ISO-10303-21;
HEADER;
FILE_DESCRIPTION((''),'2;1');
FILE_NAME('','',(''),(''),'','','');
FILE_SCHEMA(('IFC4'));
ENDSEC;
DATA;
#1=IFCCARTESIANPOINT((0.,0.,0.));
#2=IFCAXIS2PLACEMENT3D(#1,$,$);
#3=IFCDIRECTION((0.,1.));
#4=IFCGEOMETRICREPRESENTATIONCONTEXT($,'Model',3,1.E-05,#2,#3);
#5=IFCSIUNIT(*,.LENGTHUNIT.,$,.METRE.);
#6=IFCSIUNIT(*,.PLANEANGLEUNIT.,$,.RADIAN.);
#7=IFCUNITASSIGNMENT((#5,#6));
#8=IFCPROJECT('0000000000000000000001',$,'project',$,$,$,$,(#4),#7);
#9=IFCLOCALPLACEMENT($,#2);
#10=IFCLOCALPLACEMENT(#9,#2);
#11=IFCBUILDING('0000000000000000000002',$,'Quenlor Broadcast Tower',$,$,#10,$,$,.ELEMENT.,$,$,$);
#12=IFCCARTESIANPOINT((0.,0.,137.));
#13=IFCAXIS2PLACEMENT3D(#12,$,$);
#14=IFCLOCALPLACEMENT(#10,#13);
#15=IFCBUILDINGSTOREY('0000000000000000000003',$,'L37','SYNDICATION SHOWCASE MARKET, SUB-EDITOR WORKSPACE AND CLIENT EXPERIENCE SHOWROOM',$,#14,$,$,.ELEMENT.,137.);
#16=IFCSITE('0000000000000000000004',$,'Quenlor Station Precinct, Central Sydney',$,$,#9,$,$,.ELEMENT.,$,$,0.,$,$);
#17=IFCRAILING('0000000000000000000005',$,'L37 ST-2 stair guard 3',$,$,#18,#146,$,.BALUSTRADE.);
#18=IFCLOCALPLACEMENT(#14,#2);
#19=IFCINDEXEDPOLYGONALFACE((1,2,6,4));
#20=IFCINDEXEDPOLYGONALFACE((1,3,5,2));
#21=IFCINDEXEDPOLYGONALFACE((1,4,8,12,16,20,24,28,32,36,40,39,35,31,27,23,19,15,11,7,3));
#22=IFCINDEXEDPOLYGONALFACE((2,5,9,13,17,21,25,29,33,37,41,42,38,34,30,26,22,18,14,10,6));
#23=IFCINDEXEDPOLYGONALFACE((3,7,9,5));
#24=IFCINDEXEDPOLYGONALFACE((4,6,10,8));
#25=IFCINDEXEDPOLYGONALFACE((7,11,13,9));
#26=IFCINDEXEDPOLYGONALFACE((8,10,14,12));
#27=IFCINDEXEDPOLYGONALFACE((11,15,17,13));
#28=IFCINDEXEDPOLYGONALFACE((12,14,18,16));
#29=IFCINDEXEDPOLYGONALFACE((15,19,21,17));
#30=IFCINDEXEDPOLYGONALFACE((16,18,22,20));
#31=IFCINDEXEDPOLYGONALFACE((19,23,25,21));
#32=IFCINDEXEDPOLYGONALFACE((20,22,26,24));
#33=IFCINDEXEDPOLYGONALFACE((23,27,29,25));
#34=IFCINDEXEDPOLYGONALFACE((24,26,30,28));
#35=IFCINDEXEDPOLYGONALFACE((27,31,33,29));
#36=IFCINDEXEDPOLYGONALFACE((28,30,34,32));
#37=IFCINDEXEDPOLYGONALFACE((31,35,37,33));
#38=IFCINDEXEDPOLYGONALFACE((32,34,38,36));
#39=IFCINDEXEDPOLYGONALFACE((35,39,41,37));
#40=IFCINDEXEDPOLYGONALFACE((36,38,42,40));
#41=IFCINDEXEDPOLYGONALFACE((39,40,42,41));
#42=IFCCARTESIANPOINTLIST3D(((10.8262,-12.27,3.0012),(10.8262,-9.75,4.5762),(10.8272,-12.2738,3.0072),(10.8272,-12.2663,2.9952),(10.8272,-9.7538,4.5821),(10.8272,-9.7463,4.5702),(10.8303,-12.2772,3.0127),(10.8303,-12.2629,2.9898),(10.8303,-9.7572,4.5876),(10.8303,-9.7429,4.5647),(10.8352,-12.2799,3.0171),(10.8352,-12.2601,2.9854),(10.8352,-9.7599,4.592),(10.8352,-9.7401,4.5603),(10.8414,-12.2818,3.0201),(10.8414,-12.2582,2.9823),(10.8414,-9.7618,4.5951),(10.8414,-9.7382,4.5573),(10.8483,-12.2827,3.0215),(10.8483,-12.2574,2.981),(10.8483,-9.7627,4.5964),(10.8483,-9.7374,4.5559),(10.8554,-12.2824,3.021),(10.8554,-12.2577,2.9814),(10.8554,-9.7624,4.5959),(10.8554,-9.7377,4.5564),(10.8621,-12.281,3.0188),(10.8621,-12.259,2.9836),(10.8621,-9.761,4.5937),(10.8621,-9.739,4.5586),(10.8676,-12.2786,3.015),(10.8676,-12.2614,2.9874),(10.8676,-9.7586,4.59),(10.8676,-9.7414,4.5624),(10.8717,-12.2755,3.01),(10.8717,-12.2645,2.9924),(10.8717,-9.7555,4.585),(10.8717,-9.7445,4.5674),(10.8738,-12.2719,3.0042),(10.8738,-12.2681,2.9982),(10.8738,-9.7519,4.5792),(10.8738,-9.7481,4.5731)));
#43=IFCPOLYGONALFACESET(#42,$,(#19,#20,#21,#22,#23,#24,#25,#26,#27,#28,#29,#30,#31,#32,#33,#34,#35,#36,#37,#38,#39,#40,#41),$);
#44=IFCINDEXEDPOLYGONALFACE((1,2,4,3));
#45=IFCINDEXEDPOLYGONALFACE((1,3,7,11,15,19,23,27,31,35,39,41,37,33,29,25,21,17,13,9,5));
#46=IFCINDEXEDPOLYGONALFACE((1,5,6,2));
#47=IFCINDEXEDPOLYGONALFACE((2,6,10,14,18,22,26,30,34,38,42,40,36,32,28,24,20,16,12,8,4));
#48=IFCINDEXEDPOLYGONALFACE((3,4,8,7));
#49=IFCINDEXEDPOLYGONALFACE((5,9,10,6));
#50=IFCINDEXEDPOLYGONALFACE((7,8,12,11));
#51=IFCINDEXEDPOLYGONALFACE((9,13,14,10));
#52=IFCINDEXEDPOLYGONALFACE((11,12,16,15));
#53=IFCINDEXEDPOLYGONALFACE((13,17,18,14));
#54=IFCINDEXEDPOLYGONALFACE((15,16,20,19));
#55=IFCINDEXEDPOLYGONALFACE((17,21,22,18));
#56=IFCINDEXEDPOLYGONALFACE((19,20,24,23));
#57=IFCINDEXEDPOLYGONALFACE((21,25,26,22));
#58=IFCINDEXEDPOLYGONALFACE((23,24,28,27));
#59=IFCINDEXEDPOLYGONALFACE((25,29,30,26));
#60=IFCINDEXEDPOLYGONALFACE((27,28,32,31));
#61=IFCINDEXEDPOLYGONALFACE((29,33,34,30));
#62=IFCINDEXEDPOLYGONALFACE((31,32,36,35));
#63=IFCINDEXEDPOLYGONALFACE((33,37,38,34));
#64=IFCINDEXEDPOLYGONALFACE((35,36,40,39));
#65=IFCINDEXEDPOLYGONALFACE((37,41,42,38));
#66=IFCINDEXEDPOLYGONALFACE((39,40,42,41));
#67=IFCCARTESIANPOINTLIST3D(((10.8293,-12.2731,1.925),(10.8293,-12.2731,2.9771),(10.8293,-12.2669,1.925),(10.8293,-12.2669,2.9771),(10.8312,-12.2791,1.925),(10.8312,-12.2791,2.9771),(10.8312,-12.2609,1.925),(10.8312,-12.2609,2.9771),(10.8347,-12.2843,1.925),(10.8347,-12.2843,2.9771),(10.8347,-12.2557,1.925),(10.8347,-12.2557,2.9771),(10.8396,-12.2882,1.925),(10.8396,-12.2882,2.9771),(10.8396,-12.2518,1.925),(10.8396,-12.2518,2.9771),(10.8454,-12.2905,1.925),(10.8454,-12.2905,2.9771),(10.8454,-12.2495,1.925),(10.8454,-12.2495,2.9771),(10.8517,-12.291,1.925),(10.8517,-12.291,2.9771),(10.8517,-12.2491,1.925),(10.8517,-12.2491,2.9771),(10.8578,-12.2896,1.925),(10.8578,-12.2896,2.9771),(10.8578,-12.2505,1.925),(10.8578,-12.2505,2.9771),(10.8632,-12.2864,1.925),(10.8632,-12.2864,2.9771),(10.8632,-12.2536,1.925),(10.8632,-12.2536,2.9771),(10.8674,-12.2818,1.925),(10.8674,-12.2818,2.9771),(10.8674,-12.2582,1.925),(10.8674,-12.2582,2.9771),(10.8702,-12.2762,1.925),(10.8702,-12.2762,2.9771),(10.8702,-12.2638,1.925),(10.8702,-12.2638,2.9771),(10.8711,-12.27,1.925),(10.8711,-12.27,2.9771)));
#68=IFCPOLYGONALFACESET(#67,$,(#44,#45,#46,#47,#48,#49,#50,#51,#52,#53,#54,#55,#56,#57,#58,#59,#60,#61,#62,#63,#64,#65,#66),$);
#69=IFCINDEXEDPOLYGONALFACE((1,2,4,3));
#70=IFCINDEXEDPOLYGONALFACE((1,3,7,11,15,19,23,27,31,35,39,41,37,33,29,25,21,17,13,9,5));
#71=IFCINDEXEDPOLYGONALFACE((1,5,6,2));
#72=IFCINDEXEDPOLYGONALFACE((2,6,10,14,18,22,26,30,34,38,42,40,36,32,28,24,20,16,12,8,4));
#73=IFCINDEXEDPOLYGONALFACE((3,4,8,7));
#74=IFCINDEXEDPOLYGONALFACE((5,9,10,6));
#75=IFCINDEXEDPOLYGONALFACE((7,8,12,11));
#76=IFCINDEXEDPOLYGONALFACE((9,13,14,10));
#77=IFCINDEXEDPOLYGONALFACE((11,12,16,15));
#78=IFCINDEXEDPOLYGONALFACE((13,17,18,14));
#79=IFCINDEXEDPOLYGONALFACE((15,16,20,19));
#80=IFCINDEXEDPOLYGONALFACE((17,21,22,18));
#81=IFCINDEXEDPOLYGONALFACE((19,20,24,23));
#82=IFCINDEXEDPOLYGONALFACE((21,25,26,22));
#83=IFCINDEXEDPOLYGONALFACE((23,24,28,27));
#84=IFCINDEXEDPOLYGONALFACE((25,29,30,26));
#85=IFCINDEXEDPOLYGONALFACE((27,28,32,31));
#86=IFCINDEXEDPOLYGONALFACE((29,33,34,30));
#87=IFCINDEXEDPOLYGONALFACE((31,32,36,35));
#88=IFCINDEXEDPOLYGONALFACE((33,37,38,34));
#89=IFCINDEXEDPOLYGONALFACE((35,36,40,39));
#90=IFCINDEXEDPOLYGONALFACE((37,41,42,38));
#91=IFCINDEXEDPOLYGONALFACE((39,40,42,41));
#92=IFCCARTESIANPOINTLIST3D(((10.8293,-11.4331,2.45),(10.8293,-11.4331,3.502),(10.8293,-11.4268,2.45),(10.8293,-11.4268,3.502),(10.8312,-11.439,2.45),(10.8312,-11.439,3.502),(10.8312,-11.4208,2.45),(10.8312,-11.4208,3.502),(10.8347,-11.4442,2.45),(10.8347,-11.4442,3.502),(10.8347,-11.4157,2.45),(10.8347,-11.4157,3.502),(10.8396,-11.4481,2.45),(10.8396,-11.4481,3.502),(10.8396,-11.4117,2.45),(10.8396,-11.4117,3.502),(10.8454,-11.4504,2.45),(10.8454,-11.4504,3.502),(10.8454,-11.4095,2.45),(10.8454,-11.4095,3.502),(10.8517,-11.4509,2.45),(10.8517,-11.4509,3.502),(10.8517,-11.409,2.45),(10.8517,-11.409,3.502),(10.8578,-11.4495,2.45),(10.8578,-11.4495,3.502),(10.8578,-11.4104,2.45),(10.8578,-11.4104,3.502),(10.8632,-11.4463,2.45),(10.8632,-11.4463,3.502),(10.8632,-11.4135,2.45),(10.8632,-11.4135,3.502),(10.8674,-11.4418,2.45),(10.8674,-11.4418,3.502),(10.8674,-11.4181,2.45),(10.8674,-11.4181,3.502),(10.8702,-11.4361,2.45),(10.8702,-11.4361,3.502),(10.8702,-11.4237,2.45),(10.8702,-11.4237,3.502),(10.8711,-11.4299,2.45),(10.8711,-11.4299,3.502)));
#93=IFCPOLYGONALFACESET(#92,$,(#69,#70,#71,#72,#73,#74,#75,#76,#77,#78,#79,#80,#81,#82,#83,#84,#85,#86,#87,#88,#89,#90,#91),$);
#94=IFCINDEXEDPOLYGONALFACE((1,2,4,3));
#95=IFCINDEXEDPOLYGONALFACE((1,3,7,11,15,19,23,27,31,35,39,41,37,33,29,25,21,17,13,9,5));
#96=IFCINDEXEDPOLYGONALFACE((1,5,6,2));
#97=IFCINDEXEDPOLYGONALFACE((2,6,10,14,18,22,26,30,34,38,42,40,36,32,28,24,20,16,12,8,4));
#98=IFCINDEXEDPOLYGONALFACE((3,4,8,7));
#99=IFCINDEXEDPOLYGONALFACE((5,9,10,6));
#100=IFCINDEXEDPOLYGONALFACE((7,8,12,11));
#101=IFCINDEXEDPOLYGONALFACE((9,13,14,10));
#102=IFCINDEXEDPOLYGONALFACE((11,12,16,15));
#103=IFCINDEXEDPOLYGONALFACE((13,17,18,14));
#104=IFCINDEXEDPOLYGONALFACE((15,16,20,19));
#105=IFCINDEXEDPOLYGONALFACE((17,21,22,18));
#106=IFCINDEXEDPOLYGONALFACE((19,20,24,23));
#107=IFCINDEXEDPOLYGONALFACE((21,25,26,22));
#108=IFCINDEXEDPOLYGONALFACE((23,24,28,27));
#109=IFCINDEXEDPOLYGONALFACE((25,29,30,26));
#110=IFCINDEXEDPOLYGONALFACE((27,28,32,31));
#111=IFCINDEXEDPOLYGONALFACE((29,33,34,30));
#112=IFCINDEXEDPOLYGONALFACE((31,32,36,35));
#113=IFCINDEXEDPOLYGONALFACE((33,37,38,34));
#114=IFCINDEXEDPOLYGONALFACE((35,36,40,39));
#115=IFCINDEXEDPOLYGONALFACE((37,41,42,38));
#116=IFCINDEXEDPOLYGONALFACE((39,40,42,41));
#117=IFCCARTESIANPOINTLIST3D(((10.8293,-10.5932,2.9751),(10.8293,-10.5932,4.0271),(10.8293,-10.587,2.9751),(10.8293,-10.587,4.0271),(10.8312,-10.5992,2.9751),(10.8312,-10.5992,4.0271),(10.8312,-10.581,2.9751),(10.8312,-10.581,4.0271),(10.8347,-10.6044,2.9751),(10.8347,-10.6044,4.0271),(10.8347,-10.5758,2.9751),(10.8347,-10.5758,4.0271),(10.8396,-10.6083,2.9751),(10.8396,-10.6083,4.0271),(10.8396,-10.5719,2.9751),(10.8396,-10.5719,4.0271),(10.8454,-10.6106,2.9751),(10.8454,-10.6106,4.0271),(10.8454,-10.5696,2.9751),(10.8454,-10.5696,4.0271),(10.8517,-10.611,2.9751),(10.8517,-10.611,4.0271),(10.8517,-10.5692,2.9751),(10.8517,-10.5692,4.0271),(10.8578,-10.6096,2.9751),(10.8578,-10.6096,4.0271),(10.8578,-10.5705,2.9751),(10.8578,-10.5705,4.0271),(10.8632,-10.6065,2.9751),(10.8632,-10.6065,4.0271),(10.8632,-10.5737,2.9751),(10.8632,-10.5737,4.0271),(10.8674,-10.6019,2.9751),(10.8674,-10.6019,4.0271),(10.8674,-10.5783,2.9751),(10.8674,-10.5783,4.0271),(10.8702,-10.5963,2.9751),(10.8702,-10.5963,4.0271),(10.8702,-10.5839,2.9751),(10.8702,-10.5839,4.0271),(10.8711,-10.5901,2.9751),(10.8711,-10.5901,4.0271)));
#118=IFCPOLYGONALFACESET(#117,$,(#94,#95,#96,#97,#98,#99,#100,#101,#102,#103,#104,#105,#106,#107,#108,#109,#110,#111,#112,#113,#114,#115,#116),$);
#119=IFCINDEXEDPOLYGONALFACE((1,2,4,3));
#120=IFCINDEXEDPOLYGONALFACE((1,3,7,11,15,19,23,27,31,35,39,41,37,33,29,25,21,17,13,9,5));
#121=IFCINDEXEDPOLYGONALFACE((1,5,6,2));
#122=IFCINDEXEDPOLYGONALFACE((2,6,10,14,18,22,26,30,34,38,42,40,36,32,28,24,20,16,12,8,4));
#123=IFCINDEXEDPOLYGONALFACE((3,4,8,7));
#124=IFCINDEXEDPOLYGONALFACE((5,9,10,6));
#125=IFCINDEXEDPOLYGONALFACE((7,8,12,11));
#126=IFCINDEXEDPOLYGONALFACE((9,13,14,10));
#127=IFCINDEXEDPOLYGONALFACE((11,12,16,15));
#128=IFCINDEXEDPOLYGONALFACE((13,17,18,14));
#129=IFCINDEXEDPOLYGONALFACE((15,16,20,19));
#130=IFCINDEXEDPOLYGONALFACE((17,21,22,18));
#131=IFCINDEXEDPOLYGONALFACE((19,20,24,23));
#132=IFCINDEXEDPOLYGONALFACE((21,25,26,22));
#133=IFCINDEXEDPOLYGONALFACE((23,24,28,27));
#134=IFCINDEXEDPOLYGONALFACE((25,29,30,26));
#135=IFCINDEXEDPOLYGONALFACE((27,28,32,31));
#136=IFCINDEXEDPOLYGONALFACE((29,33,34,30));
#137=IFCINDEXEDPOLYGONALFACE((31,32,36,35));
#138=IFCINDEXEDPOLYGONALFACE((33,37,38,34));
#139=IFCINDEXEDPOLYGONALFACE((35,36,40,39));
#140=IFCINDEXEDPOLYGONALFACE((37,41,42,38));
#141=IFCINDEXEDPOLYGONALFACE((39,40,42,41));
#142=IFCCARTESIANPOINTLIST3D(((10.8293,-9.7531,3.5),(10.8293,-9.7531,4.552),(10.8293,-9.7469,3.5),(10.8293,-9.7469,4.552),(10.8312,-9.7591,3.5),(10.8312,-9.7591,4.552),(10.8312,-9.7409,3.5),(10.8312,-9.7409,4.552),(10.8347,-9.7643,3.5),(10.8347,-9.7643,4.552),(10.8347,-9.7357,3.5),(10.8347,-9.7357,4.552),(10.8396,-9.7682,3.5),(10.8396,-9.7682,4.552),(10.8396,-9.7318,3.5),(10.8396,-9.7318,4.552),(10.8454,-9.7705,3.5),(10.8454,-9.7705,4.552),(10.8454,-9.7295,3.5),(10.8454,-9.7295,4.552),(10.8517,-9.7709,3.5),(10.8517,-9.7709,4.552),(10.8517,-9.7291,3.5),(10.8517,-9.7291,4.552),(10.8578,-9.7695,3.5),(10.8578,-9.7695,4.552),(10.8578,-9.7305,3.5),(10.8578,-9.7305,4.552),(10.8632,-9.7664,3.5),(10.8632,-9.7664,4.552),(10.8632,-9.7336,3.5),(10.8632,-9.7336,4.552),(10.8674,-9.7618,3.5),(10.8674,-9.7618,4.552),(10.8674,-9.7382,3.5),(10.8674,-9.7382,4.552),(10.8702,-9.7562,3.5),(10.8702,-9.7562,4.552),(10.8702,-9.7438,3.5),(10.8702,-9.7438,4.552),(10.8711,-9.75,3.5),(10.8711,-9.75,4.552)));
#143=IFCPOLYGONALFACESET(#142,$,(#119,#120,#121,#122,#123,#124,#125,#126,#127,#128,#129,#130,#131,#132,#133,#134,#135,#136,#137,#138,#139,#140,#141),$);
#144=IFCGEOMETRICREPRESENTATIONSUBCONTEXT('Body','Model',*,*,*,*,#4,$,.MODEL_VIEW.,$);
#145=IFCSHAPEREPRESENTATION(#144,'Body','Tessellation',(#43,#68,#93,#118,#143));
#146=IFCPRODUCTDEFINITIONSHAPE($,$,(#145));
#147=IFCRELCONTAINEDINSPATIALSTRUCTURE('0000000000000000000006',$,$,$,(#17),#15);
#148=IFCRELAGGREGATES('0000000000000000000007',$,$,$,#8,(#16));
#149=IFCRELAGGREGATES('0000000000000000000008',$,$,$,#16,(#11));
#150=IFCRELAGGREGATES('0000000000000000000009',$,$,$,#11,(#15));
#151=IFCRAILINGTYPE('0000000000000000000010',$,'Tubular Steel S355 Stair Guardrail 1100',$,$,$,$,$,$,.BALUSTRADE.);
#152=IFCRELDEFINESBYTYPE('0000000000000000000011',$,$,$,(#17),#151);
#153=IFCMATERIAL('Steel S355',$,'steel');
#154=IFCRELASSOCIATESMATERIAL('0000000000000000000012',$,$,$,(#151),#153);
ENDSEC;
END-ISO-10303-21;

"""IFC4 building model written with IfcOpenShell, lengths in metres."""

from ifc_helpers import new_model, si_unit, direction, frame, origin, origin_2d, place, context, subcontext, project, spatial, circle, extrude, material, type_object, element, save


model = new_model("IFC4")

# Units and contexts
model_context = context("Model", 3, precision=1e-05, world=origin(), true_north=direction((0.0, 1.0)))
body_context = subcontext(model_context, "Body", "Model", "MODEL_VIEW")
ifc_project = project(units=[si_unit("LENGTHUNIT", "METRE"), si_unit("PLANEANGLEUNIT", "RADIAN")], contexts=[model_context])

# Site, building, storey
site_placement = place(None, origin())
site = spatial("IfcSite", under=ifc_project, at=site_placement, Name="Quenlor Station Precinct, Central Sydney", CompositionType="ELEMENT", RefElevation=0.0)
building_placement = place(site_placement, origin())
building = spatial("IfcBuilding", under=site, at=building_placement, Name="Quenlor Broadcast Tower", CompositionType="ELEMENT")
storey_placement = place(building_placement, frame((0.0, 0.0, 137.0)))
storey = spatial("IfcBuildingStorey", under=building, at=storey_placement, Name="L37", Description="SYNDICATION SHOWCASE MARKET, SUB-EDITOR WORKSPACE AND CLIENT EXPERIENCE SHOWROOM", CompositionType="ELEMENT", Elevation=137.0)

# Railing
ifc_material_1 = material(Name="Steel S355", Category="steel")
railing_type_1 = type_object("IfcRailingType", Name="Tubular Steel S355 Stair Guardrail 1100", PredefinedType="BALUSTRADE", material=ifc_material_1)
railing_1_placement = place(storey_placement, frame((10.8501, -12.27, 1.925)))
element("IfcRailing", 1, at=railing_1_placement, inside=storey, type_object=railing_type_1, Name="L37 ST-2 stair guard 3", PredefinedType="BALUSTRADE", context=body_context, shape_type="SweptSolid", body=[
    extrude(circle(Radius=0.0239, at=origin_2d()), frame((0.0, 0.0, 1.0762), z_axis=(0.0, 0.848008, 0.529984), x_axis=(-1.0, 0.0, 0.0)), (0.0, 0.0, 1.0), 2.9717),
    extrude(circle(Radius=0.021, at=origin_2d()), origin(), (0.0, 0.0, 1.0), 1.052),
    extrude(circle(Radius=0.021, at=origin_2d()), frame((0.0, 0.8401, 0.5249)), (0.0, 0.0, 1.0), 1.052),
    extrude(circle(Radius=0.021, at=origin_2d()), frame((0.0, 1.6799, 1.05)), (0.0, 0.0, 1.0), 1.052),
    extrude(circle(Radius=0.021, at=origin_2d()), frame((0.0, 2.52, 1.575)), (0.0, 0.0, 1.0), 1.052),
])

save(model, "model.ifc")
